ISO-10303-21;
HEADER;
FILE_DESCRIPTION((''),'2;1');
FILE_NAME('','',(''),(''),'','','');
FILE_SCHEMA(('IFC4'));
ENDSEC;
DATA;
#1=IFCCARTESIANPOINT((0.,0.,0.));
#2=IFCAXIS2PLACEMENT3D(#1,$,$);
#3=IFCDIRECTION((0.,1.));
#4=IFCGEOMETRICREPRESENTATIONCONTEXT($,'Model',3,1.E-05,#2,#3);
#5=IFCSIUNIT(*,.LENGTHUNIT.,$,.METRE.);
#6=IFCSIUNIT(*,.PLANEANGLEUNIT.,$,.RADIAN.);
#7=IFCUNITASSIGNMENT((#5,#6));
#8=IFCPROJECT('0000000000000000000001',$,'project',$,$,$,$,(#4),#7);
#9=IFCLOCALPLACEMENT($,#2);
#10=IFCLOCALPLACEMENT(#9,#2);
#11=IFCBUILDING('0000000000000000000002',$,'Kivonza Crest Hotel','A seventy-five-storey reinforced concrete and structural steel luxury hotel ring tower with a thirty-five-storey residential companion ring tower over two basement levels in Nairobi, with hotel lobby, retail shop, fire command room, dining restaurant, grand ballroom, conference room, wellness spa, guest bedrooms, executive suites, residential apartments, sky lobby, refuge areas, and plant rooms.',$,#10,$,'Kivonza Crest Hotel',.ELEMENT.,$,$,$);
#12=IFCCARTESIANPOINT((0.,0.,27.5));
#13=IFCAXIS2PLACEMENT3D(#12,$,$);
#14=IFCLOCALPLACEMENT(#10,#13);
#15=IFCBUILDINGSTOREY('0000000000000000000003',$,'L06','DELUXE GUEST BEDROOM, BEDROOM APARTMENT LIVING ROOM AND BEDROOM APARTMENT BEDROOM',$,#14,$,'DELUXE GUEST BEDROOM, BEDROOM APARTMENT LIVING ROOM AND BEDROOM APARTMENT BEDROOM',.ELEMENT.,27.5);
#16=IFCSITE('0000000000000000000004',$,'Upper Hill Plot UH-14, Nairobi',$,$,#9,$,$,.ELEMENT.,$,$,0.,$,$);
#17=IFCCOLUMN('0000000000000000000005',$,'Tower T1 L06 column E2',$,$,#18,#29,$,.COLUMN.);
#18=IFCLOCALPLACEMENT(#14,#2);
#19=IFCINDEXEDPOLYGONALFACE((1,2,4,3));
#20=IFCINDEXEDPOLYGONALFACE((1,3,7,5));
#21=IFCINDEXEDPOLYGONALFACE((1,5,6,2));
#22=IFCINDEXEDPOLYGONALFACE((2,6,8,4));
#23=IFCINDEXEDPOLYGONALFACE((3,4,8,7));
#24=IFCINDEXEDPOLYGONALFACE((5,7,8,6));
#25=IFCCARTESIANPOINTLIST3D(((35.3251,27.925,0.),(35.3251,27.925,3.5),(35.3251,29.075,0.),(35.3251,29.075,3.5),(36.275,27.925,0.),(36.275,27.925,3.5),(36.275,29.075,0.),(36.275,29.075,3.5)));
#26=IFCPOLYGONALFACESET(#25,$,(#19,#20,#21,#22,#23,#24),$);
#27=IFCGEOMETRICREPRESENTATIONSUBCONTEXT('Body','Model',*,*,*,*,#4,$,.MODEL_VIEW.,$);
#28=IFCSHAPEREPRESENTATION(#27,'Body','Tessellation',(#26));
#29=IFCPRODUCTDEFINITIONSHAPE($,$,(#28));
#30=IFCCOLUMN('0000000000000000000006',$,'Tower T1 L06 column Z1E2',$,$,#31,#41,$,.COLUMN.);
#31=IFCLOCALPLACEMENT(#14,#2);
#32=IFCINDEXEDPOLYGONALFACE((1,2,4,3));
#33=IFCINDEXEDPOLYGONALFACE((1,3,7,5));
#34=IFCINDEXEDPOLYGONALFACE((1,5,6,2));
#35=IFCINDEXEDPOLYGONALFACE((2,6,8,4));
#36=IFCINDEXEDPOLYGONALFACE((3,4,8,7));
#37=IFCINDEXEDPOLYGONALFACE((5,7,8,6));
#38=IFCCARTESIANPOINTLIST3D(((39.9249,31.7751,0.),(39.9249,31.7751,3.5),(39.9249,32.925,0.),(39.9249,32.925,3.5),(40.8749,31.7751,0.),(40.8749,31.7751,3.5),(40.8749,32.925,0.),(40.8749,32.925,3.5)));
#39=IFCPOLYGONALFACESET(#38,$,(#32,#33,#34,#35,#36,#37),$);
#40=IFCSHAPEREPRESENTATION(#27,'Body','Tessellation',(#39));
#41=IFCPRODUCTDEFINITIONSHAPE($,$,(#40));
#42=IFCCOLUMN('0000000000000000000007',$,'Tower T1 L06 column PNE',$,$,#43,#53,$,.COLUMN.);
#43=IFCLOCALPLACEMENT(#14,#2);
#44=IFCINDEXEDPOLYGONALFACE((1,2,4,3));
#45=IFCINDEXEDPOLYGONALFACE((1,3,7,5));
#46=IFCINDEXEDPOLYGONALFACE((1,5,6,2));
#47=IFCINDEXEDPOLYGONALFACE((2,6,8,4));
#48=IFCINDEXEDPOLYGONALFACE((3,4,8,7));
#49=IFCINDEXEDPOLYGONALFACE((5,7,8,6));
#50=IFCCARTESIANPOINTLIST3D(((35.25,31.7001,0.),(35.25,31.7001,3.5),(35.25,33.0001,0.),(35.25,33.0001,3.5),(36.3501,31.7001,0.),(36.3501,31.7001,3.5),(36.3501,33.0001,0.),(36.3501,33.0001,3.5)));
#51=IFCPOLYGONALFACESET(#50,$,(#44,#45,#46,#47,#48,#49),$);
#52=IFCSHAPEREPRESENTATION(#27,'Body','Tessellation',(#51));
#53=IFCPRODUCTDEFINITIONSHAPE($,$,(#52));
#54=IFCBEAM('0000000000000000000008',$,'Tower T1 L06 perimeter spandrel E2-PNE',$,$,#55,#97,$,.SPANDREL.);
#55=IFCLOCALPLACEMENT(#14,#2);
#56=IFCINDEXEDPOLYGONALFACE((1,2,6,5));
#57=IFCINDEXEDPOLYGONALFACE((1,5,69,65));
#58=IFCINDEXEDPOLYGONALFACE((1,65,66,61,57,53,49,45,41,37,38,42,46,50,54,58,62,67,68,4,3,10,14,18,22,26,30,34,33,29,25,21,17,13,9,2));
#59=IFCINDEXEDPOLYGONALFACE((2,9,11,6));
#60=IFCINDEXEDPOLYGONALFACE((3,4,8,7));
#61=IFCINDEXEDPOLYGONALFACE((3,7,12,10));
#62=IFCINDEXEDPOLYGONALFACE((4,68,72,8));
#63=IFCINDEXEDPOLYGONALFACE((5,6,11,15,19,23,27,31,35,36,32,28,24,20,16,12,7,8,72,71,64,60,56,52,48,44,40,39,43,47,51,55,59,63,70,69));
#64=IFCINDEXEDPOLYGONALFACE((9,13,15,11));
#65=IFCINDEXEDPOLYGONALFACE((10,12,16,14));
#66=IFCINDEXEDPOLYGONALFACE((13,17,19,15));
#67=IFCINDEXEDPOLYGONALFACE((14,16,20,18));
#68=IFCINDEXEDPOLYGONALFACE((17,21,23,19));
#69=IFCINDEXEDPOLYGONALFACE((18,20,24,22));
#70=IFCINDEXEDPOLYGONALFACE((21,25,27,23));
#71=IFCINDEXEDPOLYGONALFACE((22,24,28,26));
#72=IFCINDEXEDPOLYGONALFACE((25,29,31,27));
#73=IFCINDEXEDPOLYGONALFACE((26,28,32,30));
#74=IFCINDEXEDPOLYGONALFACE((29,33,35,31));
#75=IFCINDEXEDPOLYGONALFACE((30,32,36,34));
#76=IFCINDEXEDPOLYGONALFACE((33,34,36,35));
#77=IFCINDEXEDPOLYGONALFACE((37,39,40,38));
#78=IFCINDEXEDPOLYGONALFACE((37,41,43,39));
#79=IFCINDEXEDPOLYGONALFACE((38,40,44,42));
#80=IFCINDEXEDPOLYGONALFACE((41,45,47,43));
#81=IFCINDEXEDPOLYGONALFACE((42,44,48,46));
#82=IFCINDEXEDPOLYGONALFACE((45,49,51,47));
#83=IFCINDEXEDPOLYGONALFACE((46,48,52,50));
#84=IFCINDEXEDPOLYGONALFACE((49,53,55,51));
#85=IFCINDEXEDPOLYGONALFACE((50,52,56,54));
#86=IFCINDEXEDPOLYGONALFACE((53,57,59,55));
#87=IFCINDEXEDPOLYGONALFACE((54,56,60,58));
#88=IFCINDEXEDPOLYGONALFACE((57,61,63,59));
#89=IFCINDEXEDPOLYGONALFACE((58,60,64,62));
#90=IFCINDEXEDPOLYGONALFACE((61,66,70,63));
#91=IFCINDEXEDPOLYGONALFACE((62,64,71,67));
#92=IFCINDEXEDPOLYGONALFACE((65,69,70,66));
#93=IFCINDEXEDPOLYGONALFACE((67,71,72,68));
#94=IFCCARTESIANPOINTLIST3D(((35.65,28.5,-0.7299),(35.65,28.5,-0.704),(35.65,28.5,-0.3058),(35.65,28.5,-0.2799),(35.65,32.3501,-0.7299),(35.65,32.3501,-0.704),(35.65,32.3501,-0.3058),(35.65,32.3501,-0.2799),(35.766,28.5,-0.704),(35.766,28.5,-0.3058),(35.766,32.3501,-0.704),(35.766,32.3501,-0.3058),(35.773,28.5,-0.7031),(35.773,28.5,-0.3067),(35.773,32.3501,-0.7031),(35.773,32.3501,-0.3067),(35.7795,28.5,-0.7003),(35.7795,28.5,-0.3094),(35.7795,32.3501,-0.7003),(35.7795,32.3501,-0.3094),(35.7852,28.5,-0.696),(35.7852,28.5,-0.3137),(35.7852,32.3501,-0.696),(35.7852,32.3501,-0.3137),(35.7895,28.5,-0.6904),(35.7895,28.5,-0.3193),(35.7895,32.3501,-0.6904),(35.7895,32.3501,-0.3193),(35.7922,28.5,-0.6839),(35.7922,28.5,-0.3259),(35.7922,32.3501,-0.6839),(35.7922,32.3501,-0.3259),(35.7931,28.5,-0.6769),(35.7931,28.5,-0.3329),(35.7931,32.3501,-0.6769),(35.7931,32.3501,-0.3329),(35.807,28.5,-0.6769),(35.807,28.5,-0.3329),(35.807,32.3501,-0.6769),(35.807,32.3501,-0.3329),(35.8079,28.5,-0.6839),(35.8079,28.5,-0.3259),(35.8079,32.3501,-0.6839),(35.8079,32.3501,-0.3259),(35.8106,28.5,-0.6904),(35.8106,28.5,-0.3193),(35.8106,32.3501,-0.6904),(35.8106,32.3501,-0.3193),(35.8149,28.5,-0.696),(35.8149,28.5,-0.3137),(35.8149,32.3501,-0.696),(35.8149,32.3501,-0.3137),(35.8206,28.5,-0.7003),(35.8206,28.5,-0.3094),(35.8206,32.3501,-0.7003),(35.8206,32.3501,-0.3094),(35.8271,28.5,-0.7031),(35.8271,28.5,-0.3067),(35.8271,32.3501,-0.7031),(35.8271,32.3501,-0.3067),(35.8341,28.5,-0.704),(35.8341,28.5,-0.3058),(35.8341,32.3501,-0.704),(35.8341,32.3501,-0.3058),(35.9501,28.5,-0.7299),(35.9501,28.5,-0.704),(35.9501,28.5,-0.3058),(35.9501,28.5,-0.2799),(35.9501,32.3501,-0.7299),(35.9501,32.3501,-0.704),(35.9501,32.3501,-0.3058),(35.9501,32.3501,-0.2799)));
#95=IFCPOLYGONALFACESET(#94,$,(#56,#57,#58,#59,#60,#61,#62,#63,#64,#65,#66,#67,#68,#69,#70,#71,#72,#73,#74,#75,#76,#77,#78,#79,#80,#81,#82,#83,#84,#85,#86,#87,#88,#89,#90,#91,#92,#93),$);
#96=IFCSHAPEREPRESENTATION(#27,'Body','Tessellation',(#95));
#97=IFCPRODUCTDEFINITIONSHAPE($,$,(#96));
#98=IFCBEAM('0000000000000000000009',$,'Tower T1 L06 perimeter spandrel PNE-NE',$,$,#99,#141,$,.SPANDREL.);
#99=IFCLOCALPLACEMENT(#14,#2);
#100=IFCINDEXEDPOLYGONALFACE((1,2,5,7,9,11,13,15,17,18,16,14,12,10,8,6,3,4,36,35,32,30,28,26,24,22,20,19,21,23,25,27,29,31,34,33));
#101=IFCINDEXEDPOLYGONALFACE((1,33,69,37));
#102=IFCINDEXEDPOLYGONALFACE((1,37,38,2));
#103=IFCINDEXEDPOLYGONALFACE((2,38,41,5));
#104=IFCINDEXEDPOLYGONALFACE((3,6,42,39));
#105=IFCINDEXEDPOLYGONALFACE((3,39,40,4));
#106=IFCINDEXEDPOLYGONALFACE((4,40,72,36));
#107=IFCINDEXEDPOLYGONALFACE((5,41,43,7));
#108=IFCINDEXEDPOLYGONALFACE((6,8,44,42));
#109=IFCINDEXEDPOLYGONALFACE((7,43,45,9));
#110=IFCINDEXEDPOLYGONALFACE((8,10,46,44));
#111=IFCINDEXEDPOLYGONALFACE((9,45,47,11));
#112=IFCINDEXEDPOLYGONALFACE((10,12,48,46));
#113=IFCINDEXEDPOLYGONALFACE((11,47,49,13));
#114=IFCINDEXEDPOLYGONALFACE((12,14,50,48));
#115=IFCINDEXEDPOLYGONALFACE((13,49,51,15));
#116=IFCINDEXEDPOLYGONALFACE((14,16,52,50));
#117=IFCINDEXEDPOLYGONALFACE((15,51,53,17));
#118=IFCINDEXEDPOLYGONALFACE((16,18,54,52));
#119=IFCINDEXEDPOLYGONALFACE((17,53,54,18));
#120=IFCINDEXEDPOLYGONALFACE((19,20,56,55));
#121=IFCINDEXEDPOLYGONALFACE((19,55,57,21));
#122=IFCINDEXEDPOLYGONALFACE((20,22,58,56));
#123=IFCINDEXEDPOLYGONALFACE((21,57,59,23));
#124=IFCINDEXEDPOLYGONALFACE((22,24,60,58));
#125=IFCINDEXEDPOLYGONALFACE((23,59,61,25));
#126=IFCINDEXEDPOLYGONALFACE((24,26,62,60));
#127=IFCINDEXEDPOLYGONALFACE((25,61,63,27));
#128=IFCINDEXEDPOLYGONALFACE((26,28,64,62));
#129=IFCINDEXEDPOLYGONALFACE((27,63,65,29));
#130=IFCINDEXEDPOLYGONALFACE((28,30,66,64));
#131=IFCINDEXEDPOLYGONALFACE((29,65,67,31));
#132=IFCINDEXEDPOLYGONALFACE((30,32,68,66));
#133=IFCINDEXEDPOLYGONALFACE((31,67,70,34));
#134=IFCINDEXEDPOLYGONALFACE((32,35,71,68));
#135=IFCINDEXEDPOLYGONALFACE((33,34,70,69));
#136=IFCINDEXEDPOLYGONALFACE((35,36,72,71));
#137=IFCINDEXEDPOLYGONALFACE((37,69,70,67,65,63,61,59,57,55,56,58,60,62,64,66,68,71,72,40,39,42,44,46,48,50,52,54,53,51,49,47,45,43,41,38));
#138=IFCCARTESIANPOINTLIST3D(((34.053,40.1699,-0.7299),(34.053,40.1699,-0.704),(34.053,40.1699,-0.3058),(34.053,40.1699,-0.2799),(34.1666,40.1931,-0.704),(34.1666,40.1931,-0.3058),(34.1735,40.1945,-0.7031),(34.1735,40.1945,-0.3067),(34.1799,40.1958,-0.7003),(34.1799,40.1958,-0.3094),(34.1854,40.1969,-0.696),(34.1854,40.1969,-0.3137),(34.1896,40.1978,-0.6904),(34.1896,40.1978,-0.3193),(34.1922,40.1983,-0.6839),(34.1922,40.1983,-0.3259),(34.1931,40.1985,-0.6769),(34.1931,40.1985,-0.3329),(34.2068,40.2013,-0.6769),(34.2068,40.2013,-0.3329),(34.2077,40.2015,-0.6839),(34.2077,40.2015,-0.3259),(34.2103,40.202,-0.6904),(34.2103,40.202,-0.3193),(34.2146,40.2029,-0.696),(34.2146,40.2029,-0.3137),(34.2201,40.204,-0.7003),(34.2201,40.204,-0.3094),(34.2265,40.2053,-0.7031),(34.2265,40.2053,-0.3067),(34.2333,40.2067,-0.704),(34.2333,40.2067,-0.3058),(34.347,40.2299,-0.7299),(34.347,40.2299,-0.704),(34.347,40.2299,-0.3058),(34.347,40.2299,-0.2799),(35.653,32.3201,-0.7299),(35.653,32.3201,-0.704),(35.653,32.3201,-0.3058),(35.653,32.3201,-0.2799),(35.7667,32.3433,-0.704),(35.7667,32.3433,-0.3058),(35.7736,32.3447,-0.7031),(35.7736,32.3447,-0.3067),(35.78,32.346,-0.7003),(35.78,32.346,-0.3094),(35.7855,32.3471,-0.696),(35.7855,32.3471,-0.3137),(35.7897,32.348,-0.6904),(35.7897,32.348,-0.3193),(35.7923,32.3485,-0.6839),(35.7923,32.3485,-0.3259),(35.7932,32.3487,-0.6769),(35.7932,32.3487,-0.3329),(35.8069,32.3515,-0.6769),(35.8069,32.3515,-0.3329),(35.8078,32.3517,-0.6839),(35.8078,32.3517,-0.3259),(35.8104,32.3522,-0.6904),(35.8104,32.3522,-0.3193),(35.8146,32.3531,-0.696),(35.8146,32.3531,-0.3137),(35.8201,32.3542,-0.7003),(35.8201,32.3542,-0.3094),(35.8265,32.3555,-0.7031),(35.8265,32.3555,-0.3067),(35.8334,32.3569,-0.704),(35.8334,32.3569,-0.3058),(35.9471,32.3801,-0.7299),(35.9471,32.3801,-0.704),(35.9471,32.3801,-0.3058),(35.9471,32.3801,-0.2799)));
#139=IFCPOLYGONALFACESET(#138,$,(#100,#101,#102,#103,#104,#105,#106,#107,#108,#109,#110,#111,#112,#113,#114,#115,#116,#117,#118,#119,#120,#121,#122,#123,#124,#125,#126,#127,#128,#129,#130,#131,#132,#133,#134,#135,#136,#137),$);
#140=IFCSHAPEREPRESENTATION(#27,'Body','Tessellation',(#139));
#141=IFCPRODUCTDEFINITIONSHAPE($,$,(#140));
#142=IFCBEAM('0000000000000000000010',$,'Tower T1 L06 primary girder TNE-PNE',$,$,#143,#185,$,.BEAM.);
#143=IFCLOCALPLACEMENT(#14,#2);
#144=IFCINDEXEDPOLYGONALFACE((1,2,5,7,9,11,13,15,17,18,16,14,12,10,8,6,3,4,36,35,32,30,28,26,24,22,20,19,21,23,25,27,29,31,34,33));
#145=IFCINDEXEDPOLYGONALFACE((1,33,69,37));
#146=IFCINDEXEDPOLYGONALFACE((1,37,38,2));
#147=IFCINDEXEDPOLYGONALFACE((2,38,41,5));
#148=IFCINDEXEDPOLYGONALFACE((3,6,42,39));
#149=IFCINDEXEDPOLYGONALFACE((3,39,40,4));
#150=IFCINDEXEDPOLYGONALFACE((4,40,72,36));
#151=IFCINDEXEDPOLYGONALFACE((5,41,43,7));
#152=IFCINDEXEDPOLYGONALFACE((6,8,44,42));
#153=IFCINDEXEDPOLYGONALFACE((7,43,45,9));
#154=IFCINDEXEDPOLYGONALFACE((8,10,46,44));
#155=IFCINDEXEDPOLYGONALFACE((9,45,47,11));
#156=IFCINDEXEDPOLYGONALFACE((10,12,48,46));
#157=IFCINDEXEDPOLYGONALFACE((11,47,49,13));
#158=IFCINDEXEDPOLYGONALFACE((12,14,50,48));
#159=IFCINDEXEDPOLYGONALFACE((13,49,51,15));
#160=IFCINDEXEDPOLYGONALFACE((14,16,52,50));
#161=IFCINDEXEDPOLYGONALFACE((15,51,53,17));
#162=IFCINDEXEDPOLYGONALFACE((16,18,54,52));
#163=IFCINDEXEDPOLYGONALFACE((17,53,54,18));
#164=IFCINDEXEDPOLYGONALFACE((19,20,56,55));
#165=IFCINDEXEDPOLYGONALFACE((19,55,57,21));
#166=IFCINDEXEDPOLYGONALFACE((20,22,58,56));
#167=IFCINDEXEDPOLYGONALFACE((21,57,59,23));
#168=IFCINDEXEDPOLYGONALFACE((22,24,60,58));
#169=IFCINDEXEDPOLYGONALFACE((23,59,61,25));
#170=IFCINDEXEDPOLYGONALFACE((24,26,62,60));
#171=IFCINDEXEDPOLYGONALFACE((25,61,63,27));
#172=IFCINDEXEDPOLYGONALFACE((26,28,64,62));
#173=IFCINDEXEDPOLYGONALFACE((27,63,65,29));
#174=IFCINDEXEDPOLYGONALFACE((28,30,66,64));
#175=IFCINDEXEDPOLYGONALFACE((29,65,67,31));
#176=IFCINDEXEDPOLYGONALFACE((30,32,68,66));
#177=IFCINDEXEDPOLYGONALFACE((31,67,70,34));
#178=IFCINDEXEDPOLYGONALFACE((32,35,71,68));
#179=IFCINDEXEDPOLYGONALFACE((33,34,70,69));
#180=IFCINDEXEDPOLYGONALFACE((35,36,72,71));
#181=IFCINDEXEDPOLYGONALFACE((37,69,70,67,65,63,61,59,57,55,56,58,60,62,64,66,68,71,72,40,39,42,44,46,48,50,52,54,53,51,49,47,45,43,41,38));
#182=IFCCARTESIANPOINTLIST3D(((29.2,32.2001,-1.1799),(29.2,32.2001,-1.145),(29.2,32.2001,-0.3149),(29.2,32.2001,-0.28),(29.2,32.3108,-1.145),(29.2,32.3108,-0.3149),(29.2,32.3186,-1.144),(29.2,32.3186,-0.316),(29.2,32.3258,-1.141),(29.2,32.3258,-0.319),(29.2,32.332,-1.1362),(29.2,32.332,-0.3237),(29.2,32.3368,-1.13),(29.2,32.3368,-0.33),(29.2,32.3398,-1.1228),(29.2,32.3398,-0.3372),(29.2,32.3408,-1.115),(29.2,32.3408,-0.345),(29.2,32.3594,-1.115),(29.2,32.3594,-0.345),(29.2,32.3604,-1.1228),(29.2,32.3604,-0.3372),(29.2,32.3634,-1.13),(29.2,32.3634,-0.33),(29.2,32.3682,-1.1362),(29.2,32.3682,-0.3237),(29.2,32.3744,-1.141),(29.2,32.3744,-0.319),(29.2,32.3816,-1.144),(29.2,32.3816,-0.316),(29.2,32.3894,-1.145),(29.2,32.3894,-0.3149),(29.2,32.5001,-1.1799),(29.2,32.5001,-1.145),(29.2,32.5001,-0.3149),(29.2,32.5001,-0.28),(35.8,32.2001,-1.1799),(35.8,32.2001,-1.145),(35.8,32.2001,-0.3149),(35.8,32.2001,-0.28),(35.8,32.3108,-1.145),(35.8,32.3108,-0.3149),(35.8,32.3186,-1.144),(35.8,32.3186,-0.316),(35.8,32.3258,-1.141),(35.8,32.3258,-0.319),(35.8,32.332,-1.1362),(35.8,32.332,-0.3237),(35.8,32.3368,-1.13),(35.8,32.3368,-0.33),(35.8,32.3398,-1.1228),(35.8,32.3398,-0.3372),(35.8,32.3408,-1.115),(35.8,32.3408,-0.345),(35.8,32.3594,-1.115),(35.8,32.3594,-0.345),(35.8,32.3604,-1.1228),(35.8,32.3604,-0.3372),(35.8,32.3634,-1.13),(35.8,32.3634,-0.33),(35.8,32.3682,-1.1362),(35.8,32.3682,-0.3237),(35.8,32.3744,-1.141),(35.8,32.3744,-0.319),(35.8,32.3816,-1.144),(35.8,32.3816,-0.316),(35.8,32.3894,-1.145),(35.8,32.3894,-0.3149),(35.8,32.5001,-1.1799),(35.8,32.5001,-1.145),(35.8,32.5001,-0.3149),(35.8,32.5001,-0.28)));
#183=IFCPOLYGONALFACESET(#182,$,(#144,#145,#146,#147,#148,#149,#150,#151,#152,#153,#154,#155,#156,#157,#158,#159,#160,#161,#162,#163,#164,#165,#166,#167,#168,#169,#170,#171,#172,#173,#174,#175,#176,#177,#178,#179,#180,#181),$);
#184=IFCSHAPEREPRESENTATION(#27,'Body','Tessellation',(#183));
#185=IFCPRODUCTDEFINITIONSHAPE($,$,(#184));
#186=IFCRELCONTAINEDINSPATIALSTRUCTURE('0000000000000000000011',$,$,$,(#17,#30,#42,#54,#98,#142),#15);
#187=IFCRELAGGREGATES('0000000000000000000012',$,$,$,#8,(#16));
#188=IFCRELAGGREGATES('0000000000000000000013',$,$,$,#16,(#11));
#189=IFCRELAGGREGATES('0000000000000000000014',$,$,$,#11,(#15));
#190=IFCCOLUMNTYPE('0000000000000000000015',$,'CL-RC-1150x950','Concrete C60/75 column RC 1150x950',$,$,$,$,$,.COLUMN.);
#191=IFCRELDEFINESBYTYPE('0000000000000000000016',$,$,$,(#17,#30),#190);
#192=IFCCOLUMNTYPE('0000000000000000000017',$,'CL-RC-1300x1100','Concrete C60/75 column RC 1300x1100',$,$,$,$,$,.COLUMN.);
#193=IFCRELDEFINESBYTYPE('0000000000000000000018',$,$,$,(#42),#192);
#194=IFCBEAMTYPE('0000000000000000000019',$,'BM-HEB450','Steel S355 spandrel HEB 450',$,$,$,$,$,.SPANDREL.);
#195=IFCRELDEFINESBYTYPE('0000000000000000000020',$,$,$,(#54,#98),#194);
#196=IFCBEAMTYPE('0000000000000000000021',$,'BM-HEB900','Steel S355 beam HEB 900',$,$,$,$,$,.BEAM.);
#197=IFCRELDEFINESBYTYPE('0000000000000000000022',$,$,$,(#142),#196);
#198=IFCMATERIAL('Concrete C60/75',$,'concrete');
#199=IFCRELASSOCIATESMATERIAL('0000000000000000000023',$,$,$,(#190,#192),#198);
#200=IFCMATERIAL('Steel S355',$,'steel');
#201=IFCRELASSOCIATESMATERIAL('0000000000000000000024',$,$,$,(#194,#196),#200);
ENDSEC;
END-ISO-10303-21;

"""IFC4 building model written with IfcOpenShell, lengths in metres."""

from ifc_helpers import new_model, si_unit, direction, frame, origin, origin_2d, place, context, subcontext, project, spatial, rectangle, i_section, extrude, material, material_profile, profile_set, type_object, element, save


model = new_model("IFC4")

# Units and contexts
model_context = context("Model", 3, precision=1e-05, world=origin(), true_north=direction((0.0, 1.0)))
body_context = subcontext(model_context, "Body", "Model", "MODEL_VIEW")
ifc_project = project(units=[si_unit("LENGTHUNIT", "METRE"), si_unit("PLANEANGLEUNIT", "RADIAN")], contexts=[model_context])

# Site, building, storey
site_placement = place(None, origin())
site = spatial("IfcSite", under=ifc_project, at=site_placement, Name="Upper Hill Plot UH-14, Nairobi", CompositionType="ELEMENT", RefElevation=0.0)
building_placement = place(site_placement, origin())
building = spatial("IfcBuilding", under=site, at=building_placement, Name="Kivonza Crest Hotel", Description="A seventy-five-storey reinforced concrete and structural steel luxury hotel ring tower with a thirty-five-storey residential companion ring tower over two basement levels in Nairobi, with hotel lobby, retail shop, fire command room, dining restaurant, grand ballroom, conference room, wellness spa, guest bedrooms, executive suites, residential apartments, sky lobby, refuge areas, and plant rooms.", LongName="Kivonza Crest Hotel", CompositionType="ELEMENT")
storey_placement = place(building_placement, frame((0.0, 0.0, 27.5)))
storey = spatial("IfcBuildingStorey", under=building, at=storey_placement, Name="L06", Description="DELUXE GUEST BEDROOM, BEDROOM APARTMENT LIVING ROOM AND BEDROOM APARTMENT BEDROOM", LongName="DELUXE GUEST BEDROOM, BEDROOM APARTMENT LIVING ROOM AND BEDROOM APARTMENT BEDROOM", CompositionType="ELEMENT", Elevation=27.5)

# Columns
ifc_material_1 = material(Name="Concrete C60/75", Category="concrete")
ifc_material_profile_1 = material_profile(ifc_material_1, rectangle(XDim=0.95, YDim=1.1499, at=origin_2d()), Name="RC 1150x950")
ifc_profile_set_1 = profile_set([ifc_material_profile_1], Name="Concrete C60/75")
column_type_1 = type_object("IfcColumnType", Name="CL-RC-1150x950", Description="Concrete C60/75 column RC 1150x950", PredefinedType="COLUMN", material=ifc_profile_set_1)
for number, where, z_axis, x_axis, name in (
    (1, (35.8, 28.5, 0.0), (0.0, 0.0, 1.0), (1.0, 0.0, 0.0), "Tower T1 L06 column E2"),
    (2, (40.3999, 32.3501, 0.0), (0.0, 0.0, 1.0), (1.0, 0.0, 0.0), "Tower T1 L06 column Z1E2"),
):
    element("IfcColumn", number, at=place(storey_placement, frame(where, z_axis=z_axis, x_axis=x_axis)), inside=storey, type_object=column_type_1, Name=name, PredefinedType="COLUMN", context=body_context, shape_type="SweptSolid", body=[
        extrude(rectangle(XDim=0.95, YDim=1.1499, at=origin_2d()), origin(), (0.0, 0.0, 1.0), 3.5),
    ])
ifc_material_profile_2 = material_profile(ifc_material_1, rectangle(XDim=1.1001, YDim=1.3, at=origin_2d()), Name="RC 1300x1100")
ifc_profile_set_2 = profile_set([ifc_material_profile_2], Name="Concrete C60/75")
column_type_2 = type_object("IfcColumnType", Name="CL-RC-1300x1100", Description="Concrete C60/75 column RC 1300x1100", PredefinedType="COLUMN", material=ifc_profile_set_2)
column_placement = place(storey_placement, frame((35.8, 32.3501, 0.0), z_axis=(0.0, 0.0, 1.0), x_axis=(1.0, 0.0, 0.0)))
element("IfcColumn", 3, at=column_placement, inside=storey, type_object=column_type_2, Name="Tower T1 L06 column PNE", PredefinedType="COLUMN", context=body_context, shape_type="SweptSolid", body=[
    extrude(rectangle(XDim=1.1001, YDim=1.3, at=origin_2d()), origin(), (0.0, 0.0, 1.0), 3.5),
])

# Beams
ifc_material_2 = material(Name="Steel S355", Category="steel")
ifc_material_profile_3 = material_profile(ifc_material_2, i_section(OverallWidth=0.3, OverallDepth=0.45, WebThickness=0.0139, FlangeThickness=0.0259, FilletRadius=0.0271, at=origin_2d()), Name="HEB 450")
ifc_profile_set_3 = profile_set([ifc_material_profile_3], Name="Steel S355")
beam_type_1 = type_object("IfcBeamType", Name="BM-HEB450", Description="Steel S355 spandrel HEB 450", PredefinedType="SPANDREL", material=ifc_profile_set_3)
beam_1_placement = place(storey_placement, frame((35.8, 28.5, -0.5049), z_axis=(0.0, 1.0, 0.0), x_axis=(-1.0, 0.0, 0.0)))
element("IfcBeam", 4, at=beam_1_placement, inside=storey, type_object=beam_type_1, Name="Tower T1 L06 perimeter spandrel E2-PNE", PredefinedType="SPANDREL", context=body_context, shape_type="SweptSolid", body=[
    extrude(i_section(OverallWidth=0.3, OverallDepth=0.45, WebThickness=0.0139, FlangeThickness=0.0259, FilletRadius=0.0271, at=origin_2d()), origin(), (0.0, 0.0, 1.0), 3.8501),
])
beam_2_placement = place(storey_placement, frame((35.8, 32.3501, -0.5049), z_axis=(-0.199731, 0.979851, 0.0), x_axis=(-0.979851, -0.199731, 0.0)))
element("IfcBeam", 5, at=beam_2_placement, inside=storey, type_object=beam_type_1, Name="Tower T1 L06 perimeter spandrel PNE-NE", PredefinedType="SPANDREL", context=body_context, shape_type="SweptSolid", body=[
    extrude(i_section(OverallWidth=0.3, OverallDepth=0.45, WebThickness=0.0139, FlangeThickness=0.0259, FilletRadius=0.0271, at=origin_2d()), origin(), (0.0, 0.0, 1.0), 8.0112),
])
ifc_material_profile_4 = material_profile(ifc_material_2, i_section(OverallWidth=0.3, OverallDepth=0.8999, WebThickness=0.0186, FlangeThickness=0.0349, FilletRadius=0.03, at=origin_2d()), Name="HEB 900")
ifc_profile_set_4 = profile_set([ifc_material_profile_4], Name="Steel S355")
beam_type_2 = type_object("IfcBeamType", Name="BM-HEB900", Description="Steel S355 beam HEB 900", PredefinedType="BEAM", material=ifc_profile_set_4)
beam_3_placement = place(storey_placement, frame((29.2, 32.3501, -0.73), z_axis=(1.0, 0.0, 0.0), x_axis=(0.0, 1.0, 0.0)))
element("IfcBeam", 6, at=beam_3_placement, inside=storey, type_object=beam_type_2, Name="Tower T1 L06 primary girder TNE-PNE", PredefinedType="BEAM", context=body_context, shape_type="SweptSolid", body=[
    extrude(i_section(OverallWidth=0.3, OverallDepth=0.8999, WebThickness=0.0186, FlangeThickness=0.0349, FilletRadius=0.03, at=origin_2d()), origin(), (0.0, 0.0, 1.0), 6.6001),
])

save(model, "model.ifc")
